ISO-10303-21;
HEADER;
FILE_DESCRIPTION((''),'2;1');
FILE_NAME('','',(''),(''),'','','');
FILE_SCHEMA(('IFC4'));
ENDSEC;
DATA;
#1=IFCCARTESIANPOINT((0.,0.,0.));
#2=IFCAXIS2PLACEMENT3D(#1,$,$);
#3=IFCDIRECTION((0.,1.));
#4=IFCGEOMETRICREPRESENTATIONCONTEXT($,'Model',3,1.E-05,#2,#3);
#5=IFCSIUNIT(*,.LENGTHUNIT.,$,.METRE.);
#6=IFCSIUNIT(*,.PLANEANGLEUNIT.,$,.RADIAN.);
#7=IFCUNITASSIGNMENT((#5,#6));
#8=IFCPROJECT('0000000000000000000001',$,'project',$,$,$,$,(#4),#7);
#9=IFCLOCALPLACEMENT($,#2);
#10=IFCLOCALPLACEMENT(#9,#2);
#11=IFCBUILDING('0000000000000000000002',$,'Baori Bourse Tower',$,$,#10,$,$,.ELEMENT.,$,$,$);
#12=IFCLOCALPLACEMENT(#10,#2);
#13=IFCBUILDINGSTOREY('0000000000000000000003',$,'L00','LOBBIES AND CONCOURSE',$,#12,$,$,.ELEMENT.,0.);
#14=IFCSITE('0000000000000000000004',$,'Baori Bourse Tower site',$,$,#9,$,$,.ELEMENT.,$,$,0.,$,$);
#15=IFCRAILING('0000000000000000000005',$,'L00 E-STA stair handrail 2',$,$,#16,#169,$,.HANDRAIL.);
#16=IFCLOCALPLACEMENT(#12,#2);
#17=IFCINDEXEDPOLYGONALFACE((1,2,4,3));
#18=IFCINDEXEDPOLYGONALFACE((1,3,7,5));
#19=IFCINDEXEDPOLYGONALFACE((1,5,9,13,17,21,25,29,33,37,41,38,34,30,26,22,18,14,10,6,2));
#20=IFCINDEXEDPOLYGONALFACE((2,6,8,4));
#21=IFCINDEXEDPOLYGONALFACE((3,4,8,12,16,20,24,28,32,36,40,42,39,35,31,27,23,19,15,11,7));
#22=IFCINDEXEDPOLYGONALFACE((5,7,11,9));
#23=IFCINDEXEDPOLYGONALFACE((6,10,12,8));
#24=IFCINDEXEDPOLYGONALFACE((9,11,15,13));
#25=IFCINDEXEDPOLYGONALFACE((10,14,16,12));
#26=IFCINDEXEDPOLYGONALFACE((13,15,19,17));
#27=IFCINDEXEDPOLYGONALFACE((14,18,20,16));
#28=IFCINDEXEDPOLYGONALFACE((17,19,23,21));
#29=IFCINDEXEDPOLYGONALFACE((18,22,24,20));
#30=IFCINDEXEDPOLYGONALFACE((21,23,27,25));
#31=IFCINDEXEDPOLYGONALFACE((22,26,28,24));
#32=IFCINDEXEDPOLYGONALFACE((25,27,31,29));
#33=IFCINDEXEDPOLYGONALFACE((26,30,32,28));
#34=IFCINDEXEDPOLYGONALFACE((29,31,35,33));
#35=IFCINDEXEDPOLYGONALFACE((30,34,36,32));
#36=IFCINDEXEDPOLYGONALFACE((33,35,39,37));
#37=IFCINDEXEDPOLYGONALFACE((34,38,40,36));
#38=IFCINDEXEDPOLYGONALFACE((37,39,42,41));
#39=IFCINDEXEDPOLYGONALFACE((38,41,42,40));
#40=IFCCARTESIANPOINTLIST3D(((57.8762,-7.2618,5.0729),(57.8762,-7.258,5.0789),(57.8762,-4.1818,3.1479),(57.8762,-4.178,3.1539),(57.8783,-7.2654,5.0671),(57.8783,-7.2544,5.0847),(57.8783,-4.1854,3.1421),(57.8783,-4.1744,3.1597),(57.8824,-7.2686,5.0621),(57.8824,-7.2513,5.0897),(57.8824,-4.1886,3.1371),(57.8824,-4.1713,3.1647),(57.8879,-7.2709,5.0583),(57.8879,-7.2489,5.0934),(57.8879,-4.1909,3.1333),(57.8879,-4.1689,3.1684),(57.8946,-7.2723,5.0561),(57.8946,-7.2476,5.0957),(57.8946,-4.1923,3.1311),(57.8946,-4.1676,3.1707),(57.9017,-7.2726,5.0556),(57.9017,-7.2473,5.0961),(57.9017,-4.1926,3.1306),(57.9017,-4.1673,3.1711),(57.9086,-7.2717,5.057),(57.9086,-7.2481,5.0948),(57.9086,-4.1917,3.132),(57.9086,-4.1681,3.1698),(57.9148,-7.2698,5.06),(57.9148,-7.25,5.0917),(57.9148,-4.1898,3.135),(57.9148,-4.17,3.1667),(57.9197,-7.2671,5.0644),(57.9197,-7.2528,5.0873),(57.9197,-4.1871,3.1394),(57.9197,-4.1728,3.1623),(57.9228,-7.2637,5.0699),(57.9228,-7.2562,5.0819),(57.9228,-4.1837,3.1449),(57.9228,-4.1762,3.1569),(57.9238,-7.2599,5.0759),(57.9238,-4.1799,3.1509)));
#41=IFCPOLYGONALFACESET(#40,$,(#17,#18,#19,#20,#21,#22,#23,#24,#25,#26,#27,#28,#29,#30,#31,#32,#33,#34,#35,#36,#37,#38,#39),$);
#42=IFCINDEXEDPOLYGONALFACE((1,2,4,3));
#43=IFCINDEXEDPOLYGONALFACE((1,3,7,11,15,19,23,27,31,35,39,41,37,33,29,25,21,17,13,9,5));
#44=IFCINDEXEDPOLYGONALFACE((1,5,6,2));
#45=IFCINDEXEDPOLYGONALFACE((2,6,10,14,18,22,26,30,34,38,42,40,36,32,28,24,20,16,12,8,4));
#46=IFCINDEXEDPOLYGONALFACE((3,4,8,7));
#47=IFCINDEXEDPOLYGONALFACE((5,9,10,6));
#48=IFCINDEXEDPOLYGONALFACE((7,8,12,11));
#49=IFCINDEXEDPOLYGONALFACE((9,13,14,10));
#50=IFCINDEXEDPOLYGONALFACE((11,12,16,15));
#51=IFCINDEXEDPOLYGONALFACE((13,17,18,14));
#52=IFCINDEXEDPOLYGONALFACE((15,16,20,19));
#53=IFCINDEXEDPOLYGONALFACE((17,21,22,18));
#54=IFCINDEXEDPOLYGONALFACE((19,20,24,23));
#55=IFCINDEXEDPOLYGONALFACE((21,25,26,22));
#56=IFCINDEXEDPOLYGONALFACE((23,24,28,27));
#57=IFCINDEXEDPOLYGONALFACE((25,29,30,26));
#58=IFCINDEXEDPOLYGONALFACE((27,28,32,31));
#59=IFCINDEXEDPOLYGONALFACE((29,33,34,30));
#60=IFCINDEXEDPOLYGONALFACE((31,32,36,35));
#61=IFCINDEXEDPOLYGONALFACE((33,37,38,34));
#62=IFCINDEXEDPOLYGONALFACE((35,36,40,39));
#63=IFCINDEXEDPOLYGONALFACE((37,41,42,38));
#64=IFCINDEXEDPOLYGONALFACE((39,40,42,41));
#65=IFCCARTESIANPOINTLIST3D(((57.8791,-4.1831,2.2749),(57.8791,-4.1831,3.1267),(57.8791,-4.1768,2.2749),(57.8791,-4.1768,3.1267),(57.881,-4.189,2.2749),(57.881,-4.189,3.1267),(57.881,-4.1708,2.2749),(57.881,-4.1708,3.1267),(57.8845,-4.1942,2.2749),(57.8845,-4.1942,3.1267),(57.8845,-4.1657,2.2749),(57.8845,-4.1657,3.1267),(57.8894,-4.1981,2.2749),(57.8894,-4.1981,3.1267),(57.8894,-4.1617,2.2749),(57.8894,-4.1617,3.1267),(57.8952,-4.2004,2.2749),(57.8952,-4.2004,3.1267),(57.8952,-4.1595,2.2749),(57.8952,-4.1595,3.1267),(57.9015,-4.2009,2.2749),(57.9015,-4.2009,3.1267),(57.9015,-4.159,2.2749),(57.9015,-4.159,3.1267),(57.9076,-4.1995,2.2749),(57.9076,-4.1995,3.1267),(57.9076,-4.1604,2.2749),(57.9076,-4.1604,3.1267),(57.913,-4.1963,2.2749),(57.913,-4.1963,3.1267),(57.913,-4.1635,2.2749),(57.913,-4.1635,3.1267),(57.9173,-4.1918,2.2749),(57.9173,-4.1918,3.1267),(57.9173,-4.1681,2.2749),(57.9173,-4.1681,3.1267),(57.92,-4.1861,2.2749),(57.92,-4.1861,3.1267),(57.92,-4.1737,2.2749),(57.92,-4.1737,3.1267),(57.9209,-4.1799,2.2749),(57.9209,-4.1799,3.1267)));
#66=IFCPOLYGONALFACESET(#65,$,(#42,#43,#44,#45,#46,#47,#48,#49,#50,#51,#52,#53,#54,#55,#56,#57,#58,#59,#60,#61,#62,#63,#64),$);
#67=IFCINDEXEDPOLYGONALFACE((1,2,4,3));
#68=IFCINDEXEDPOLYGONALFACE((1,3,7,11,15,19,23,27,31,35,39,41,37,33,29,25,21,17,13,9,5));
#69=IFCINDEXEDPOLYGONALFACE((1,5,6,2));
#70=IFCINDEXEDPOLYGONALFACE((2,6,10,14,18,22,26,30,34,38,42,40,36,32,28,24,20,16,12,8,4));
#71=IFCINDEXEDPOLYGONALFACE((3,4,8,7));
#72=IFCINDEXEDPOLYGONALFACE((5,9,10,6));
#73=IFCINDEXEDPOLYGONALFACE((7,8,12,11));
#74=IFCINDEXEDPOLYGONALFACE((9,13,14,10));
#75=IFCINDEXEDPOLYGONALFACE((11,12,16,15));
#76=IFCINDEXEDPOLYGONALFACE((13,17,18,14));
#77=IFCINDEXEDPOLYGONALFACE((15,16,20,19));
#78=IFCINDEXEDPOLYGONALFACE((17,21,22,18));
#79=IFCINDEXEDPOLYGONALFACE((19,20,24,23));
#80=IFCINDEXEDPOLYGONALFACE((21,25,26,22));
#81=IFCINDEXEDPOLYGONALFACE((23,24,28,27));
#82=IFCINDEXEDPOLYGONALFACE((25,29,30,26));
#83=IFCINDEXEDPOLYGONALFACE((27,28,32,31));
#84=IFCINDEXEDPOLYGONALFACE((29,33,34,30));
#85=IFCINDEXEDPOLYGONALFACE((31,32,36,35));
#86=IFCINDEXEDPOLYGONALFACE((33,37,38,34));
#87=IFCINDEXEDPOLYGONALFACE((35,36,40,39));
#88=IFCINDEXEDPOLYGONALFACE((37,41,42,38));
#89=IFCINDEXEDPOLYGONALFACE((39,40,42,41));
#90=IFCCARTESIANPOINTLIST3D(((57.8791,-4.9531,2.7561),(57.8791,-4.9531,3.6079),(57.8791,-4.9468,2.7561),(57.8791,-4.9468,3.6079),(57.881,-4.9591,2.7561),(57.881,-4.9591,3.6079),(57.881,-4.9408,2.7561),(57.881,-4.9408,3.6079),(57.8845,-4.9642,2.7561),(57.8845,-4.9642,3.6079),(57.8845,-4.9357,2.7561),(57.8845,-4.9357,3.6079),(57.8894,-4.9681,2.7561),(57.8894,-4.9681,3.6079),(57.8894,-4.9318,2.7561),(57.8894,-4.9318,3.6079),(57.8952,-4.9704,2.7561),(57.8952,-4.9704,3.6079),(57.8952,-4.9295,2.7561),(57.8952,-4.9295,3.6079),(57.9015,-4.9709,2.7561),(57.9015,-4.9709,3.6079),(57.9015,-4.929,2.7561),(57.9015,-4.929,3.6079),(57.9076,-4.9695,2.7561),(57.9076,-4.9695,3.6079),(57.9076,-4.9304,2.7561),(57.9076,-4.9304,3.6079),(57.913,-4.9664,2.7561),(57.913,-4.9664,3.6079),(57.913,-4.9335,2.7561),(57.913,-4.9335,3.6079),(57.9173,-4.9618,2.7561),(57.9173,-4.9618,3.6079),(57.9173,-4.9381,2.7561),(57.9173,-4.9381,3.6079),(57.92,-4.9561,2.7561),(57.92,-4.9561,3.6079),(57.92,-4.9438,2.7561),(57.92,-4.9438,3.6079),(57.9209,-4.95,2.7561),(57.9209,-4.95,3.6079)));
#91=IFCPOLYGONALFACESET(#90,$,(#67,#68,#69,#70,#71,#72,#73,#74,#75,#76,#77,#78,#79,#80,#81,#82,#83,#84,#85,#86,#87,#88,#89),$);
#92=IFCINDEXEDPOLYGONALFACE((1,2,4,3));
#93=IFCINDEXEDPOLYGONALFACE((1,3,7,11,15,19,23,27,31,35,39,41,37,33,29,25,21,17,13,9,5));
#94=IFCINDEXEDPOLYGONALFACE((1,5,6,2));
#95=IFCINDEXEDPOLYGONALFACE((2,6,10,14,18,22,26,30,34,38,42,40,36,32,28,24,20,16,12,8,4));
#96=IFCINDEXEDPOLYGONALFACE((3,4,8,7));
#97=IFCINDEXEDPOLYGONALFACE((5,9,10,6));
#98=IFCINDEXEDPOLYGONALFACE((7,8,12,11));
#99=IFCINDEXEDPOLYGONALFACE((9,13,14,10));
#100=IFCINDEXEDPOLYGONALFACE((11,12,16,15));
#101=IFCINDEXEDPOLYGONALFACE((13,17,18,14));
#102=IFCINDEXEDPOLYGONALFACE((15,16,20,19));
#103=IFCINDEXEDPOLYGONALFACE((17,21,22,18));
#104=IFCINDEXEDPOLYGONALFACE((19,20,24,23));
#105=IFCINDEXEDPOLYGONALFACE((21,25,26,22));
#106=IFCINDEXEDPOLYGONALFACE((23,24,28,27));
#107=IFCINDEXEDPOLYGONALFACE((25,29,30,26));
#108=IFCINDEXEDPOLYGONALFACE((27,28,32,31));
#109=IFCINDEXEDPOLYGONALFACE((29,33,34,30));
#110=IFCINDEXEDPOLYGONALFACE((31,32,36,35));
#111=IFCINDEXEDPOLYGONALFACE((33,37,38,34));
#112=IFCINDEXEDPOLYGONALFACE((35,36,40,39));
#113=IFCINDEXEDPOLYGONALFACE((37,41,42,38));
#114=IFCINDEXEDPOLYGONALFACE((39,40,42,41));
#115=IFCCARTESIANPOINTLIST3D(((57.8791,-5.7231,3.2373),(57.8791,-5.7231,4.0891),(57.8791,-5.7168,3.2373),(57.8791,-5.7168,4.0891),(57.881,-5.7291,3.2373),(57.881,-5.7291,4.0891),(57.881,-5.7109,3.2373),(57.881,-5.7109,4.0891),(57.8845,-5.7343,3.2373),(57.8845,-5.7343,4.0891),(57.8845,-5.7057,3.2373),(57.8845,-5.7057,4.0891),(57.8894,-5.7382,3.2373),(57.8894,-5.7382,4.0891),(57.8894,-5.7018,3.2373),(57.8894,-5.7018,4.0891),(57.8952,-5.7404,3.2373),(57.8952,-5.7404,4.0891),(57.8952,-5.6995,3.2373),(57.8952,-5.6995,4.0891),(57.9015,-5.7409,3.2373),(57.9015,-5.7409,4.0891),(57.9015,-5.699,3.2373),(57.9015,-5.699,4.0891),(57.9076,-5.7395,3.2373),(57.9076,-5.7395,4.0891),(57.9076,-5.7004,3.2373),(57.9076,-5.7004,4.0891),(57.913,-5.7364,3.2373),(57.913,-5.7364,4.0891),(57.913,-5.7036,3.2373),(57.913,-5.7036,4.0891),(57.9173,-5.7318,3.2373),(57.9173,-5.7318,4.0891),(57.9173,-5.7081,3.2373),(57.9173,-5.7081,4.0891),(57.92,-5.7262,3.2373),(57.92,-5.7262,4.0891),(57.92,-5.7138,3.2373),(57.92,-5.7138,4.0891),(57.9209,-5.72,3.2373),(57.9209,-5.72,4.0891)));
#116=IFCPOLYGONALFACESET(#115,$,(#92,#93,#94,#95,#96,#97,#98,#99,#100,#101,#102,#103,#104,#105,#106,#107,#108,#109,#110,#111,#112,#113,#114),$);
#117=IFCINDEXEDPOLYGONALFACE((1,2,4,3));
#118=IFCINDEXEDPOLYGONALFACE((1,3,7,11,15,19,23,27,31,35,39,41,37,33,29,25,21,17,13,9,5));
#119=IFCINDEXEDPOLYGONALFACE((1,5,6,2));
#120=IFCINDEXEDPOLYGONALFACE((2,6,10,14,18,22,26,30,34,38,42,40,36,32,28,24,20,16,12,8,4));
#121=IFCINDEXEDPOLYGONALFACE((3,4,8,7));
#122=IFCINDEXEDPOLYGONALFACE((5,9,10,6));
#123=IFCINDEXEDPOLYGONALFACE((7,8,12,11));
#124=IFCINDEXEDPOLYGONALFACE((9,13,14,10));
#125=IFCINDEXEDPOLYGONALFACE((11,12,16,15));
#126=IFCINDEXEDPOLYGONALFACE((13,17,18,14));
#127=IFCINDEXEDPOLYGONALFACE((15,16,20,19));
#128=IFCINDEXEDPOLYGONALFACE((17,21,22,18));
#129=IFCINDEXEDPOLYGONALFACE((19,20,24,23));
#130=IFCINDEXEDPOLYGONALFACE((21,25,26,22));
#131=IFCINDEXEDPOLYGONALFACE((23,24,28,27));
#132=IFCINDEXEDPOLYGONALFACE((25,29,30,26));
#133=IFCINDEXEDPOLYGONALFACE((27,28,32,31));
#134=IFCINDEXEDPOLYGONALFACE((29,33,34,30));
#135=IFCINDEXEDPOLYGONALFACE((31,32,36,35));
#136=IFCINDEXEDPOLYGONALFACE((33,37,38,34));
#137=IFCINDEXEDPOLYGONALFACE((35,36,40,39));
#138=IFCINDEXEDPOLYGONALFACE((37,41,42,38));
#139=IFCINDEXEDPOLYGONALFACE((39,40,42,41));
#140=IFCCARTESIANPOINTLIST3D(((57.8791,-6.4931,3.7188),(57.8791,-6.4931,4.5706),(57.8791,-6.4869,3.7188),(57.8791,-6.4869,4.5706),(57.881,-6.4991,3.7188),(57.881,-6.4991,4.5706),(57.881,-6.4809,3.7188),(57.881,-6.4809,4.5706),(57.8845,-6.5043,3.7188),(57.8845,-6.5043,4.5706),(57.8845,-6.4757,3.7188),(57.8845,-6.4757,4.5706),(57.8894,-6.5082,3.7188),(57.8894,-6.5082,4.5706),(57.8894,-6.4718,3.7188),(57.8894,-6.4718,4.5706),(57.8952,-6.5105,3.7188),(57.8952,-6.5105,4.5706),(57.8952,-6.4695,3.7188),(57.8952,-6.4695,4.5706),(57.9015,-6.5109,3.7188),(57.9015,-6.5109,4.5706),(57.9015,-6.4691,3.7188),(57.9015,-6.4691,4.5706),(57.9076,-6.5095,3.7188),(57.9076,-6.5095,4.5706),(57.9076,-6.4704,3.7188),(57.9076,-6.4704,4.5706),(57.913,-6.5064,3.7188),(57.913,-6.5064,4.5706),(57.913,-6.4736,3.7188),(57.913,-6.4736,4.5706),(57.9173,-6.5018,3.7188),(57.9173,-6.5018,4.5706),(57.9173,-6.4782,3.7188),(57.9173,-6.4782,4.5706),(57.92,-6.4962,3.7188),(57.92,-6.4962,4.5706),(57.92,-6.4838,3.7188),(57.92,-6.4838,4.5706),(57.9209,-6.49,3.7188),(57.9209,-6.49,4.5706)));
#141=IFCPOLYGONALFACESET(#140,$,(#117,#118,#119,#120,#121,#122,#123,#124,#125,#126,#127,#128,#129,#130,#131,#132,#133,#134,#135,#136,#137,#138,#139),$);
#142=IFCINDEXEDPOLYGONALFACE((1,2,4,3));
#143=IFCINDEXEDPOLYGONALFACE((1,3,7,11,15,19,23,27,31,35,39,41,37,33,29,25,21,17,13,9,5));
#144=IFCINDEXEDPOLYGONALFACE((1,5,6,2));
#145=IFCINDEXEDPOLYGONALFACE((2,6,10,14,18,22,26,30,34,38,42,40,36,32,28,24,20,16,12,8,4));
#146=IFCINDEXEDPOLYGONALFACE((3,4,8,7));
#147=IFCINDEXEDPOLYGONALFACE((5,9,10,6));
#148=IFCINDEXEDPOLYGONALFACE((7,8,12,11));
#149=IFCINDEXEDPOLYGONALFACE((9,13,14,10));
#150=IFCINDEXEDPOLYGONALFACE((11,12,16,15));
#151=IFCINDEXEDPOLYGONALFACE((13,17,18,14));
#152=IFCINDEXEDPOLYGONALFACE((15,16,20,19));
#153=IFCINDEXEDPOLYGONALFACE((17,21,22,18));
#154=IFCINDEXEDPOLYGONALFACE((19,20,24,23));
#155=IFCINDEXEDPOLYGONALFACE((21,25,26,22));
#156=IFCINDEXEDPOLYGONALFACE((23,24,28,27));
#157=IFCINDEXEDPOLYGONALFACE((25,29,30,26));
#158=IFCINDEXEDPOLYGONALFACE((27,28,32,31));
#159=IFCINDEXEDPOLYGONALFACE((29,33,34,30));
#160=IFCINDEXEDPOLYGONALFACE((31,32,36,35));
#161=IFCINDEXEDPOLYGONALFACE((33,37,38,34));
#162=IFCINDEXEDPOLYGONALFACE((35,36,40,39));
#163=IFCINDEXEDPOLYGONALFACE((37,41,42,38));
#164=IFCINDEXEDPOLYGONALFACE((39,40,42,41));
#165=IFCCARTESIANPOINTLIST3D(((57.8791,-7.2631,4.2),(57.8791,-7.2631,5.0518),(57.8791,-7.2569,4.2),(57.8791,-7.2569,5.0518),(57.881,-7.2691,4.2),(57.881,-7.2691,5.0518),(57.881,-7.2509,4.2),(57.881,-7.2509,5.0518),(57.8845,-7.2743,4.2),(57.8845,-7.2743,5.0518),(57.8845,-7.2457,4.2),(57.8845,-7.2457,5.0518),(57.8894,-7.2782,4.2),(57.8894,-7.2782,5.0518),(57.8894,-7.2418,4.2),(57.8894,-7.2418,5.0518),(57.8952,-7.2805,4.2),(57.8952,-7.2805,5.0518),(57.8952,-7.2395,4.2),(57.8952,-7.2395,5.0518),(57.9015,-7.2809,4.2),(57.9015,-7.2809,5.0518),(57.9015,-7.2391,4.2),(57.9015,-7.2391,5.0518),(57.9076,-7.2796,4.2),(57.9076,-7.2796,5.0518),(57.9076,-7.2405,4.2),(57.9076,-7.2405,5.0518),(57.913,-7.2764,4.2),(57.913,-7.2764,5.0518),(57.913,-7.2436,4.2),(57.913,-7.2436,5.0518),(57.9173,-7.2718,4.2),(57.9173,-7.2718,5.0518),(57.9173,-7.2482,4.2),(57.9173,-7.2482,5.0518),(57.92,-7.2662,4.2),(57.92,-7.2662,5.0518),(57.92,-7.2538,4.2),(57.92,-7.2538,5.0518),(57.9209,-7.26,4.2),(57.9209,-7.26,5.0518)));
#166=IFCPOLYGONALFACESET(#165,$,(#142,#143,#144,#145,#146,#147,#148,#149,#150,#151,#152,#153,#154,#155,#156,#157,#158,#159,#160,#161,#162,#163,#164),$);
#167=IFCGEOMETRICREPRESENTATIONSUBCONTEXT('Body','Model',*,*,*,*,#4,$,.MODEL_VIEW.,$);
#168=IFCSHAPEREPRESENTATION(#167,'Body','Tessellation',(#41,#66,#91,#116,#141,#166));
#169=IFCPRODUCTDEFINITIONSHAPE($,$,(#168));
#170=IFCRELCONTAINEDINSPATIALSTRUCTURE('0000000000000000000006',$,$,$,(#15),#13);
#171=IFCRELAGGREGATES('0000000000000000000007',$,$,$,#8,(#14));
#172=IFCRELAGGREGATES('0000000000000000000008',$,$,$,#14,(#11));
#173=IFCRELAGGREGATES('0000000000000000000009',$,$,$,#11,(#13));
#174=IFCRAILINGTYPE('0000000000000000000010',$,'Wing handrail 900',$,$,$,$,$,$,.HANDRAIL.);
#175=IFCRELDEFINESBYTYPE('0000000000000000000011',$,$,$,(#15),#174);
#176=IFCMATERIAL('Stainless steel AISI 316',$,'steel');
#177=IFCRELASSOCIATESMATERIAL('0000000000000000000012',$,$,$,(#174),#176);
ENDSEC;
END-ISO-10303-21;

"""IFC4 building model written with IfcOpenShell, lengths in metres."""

from ifc_helpers import new_model, si_unit, direction, frame, origin, origin_2d, place, context, subcontext, project, spatial, circle, extrude, material, type_object, element, save


model = new_model("IFC4")

# Units and contexts
model_context = context("Model", 3, precision=1e-05, world=origin(), true_north=direction((0.0, 1.0)))
body_context = subcontext(model_context, "Body", "Model", "MODEL_VIEW")
ifc_project = project(units=[si_unit("LENGTHUNIT", "METRE"), si_unit("PLANEANGLEUNIT", "RADIAN")], contexts=[model_context])

# Site, building, storey
site_placement = place(None, origin())
site = spatial("IfcSite", under=ifc_project, at=site_placement, Name="Baori Bourse Tower site", CompositionType="ELEMENT", RefElevation=0.0)
building_placement = place(site_placement, origin())
building = spatial("IfcBuilding", under=site, at=building_placement, Name="Baori Bourse Tower", CompositionType="ELEMENT")
storey_placement = place(building_placement, origin())
storey = spatial("IfcBuildingStorey", under=building, at=storey_placement, Name="L00", Description="LOBBIES AND CONCOURSE", CompositionType="ELEMENT", Elevation=0.0)

# Railing
ifc_material_1 = material(Name="Stainless steel AISI 316", Category="steel")
railing_type_1 = type_object("IfcRailingType", Name="Wing handrail 900", PredefinedType="HANDRAIL", material=ifc_material_1)
railing_1_placement = place(storey_placement, frame((57.8999, -4.1799, 2.2749)))
element("IfcRailing", 1, at=railing_1_placement, inside=storey, type_object=railing_type_1, Name="L00 E-STA stair handrail 2", PredefinedType="HANDRAIL", context=body_context, shape_type="SweptSolid", body=[
    extrude(circle(Radius=0.0239, at=origin_2d()), frame((0.0, 0.0, 0.876), z_axis=(0.0, -0.847998, 0.529999), x_axis=(1.0, 0.0, 0.0)), (0.0, 0.0, 1.0), 3.6321),
    extrude(circle(Radius=0.021, at=origin_2d()), origin(), (0.0, 0.0, 1.0), 0.8518),
    extrude(circle(Radius=0.021, at=origin_2d()), frame((0.0, -0.77, 0.4812)), (0.0, 0.0, 1.0), 0.8518),
    extrude(circle(Radius=0.021, at=origin_2d()), frame((0.0, -1.54, 0.9624)), (0.0, 0.0, 1.0), 0.8518),
    extrude(circle(Radius=0.021, at=origin_2d()), frame((0.0, -2.3101, 1.4438)), (0.0, 0.0, 1.0), 0.8518),
    extrude(circle(Radius=0.021, at=origin_2d()), frame((0.0, -3.0801, 1.925)), (0.0, 0.0, 1.0), 0.8518),
])

save(model, "model.ifc")
